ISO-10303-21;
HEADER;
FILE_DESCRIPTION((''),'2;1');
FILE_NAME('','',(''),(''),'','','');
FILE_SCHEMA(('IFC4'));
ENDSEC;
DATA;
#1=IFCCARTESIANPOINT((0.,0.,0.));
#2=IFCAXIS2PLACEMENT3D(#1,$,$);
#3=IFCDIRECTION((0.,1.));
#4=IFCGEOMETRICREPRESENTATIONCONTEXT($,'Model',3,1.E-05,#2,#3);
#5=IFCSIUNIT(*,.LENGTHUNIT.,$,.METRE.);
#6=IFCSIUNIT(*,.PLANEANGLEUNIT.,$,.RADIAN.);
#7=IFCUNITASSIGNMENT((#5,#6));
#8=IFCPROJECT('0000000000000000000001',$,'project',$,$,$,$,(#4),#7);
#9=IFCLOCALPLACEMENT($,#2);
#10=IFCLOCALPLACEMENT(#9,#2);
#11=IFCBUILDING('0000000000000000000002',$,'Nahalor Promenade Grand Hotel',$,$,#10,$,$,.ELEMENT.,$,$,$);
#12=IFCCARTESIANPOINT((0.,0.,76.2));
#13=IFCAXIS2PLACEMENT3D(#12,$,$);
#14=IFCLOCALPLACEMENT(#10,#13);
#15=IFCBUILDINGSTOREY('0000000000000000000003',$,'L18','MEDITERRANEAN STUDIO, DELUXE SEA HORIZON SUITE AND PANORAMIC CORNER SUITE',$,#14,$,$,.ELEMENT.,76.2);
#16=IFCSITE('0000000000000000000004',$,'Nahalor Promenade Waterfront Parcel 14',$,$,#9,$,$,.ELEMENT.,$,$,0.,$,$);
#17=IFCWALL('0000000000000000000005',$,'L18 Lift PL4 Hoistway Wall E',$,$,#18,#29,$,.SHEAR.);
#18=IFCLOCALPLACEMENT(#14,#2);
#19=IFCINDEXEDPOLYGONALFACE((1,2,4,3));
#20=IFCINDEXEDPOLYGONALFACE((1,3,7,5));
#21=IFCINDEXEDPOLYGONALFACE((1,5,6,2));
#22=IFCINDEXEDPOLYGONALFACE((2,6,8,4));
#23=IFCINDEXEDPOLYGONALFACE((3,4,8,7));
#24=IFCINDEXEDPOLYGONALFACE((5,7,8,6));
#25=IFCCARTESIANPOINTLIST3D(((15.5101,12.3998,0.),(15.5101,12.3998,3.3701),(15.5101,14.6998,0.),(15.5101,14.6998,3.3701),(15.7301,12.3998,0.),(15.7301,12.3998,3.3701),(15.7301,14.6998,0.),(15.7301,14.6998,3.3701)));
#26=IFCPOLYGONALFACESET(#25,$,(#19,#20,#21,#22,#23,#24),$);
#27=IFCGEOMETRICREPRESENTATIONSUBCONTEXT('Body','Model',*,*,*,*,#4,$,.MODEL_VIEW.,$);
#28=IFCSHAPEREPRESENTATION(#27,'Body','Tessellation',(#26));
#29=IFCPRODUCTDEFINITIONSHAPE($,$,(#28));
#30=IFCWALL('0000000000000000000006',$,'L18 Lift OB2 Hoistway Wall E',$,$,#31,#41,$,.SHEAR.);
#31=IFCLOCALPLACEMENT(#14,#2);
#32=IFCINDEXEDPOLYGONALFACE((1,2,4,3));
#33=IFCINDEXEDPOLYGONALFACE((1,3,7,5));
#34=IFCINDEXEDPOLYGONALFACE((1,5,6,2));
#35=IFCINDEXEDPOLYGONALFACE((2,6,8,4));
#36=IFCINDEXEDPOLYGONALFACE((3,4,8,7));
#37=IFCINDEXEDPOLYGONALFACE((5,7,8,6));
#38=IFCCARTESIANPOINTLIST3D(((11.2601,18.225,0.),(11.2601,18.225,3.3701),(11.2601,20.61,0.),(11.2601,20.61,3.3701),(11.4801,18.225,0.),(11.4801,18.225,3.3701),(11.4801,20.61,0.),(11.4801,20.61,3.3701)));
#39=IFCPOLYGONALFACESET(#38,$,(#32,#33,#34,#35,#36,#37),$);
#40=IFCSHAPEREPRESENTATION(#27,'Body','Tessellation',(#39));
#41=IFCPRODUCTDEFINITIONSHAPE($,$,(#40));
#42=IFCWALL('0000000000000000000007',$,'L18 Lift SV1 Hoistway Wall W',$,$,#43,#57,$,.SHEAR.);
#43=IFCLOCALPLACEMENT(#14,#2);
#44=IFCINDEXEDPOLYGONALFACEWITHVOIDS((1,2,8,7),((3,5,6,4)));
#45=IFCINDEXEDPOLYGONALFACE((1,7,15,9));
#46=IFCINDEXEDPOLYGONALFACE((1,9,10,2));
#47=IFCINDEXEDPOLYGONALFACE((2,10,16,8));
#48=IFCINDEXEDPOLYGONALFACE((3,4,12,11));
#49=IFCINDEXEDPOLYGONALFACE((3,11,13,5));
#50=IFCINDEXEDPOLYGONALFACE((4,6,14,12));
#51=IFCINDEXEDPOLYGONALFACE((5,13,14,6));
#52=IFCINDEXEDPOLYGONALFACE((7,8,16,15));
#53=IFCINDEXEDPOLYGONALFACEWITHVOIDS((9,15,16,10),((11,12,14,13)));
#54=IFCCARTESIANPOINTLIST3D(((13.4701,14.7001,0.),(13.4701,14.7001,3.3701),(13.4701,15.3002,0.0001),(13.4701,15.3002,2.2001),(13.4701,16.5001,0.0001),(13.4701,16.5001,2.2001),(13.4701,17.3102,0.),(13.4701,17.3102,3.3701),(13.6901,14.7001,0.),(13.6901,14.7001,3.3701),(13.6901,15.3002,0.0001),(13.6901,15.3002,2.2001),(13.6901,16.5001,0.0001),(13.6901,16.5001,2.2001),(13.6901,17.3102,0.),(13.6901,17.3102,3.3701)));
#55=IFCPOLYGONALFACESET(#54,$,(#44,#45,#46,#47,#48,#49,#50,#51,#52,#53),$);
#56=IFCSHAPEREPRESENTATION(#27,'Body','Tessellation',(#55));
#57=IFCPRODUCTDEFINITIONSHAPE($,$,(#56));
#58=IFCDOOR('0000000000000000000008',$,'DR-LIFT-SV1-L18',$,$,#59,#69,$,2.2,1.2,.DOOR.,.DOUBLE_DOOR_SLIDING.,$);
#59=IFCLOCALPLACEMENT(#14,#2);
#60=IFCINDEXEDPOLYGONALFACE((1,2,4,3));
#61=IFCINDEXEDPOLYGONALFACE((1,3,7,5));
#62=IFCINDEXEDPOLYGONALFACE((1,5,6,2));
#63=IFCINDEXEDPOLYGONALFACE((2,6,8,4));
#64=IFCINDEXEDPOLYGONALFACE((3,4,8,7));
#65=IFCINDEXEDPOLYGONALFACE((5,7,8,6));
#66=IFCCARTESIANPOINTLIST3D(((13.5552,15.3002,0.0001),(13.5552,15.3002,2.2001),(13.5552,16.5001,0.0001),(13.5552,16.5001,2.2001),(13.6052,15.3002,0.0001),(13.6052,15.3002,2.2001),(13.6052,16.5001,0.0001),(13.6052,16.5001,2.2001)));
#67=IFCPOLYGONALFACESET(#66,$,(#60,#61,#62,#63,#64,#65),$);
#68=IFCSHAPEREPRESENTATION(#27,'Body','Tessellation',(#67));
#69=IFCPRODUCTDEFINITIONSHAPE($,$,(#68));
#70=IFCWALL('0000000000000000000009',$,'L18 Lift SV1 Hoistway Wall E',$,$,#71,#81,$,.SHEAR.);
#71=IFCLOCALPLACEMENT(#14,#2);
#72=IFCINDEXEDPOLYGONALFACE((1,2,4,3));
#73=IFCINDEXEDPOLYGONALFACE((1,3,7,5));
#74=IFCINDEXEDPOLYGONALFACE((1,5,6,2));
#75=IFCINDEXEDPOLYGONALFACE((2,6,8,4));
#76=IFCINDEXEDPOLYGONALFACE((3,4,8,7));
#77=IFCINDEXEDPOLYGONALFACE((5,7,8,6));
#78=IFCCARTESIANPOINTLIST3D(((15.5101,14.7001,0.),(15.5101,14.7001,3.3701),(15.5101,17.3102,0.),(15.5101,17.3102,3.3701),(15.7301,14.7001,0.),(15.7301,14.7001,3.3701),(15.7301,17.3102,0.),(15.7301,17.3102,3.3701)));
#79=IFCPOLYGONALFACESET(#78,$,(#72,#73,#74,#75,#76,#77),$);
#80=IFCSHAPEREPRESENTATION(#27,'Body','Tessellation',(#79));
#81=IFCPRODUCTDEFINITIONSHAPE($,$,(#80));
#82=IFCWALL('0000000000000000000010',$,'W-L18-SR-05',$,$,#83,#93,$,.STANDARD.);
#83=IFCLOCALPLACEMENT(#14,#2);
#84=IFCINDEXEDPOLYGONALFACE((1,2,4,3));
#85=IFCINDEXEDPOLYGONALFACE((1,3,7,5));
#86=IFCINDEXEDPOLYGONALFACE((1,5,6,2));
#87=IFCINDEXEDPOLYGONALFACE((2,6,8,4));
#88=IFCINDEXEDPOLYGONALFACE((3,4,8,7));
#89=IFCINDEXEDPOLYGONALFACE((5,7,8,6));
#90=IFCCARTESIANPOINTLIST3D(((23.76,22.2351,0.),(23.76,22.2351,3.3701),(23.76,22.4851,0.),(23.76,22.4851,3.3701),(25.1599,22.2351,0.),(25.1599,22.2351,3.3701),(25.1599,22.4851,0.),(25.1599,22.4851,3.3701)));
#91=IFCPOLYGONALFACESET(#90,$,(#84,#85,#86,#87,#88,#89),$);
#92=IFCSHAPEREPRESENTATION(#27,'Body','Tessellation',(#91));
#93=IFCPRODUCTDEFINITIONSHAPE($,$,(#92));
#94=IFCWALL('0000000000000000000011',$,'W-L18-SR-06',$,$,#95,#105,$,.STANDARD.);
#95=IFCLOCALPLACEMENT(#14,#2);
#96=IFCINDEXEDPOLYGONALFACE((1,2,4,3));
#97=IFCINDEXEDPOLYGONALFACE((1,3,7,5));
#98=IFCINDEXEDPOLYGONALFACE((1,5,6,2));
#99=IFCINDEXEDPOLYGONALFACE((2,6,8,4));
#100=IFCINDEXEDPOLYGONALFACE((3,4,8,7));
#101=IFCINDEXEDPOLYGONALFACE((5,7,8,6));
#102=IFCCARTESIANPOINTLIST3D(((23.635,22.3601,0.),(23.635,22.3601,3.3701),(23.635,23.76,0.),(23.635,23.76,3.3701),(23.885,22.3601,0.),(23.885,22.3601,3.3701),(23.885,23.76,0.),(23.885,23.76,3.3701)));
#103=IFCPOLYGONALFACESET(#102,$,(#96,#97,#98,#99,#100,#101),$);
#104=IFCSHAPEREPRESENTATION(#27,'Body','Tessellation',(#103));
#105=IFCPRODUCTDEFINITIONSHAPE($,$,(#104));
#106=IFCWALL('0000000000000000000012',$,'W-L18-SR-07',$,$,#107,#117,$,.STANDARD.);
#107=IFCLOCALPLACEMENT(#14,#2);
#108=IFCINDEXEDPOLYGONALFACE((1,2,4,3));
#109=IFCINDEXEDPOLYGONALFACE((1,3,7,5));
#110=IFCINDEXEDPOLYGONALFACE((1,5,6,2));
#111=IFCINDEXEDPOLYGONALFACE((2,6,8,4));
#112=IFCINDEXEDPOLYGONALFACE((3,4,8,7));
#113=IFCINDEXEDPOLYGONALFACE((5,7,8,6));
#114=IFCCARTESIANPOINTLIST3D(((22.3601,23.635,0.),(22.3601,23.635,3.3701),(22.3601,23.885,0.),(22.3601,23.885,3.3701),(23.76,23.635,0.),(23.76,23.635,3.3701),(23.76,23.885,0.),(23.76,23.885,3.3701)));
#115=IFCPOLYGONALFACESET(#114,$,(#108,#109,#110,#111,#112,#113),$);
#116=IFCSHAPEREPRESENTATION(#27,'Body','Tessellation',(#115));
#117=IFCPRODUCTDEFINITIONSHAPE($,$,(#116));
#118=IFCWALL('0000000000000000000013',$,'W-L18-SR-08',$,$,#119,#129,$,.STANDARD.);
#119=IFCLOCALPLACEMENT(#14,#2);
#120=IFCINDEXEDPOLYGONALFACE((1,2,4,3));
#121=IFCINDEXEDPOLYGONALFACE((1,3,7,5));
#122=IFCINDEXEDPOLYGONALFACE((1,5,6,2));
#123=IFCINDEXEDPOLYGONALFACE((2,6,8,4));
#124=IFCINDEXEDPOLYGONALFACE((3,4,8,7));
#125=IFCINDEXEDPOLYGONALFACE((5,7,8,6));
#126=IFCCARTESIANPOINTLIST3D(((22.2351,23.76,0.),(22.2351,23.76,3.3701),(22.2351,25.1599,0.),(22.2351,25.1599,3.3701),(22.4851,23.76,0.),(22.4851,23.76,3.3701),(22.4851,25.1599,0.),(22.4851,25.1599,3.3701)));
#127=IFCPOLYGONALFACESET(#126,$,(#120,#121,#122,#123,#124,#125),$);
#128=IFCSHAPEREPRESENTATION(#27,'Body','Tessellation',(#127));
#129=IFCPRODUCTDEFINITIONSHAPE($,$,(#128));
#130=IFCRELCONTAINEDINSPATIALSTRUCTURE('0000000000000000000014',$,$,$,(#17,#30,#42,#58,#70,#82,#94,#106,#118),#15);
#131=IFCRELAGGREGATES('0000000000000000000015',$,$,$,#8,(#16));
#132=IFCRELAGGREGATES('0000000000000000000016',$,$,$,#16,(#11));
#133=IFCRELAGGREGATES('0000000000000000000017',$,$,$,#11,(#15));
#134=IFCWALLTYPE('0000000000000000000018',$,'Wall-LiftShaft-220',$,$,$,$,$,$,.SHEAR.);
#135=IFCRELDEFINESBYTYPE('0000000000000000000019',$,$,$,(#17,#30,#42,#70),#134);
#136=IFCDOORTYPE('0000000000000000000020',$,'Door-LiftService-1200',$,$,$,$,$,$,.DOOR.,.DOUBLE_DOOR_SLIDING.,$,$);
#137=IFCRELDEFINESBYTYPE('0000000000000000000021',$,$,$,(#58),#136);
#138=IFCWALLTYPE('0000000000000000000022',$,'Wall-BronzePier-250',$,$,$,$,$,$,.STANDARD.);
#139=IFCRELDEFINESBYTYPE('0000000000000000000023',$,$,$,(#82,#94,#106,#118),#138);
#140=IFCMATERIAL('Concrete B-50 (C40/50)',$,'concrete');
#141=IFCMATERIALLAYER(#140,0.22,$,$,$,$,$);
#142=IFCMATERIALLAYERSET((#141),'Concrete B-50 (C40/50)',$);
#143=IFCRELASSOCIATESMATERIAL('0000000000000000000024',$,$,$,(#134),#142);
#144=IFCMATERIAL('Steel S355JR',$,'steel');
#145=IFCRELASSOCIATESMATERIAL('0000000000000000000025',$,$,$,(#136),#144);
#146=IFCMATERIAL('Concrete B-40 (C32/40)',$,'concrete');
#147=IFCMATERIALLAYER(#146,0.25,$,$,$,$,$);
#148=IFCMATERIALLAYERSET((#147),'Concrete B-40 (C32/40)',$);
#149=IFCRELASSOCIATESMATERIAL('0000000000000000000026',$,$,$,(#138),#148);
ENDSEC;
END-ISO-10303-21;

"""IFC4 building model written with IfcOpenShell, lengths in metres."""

from ifc_helpers import new_model, si_unit, direction, frame, frame_2d, origin, place, context, subcontext, project, spatial, rectangle, extrude, source, transform, mapped, material, layer, layer_set, type_object, element, fill, save


model = new_model("IFC4")

# Units and contexts
model_context = context("Model", 3, precision=1e-05, world=origin(), true_north=direction((0.0, 1.0)))
body_context = subcontext(model_context, "Body", "Model", "MODEL_VIEW")
ifc_project = project(units=[si_unit("LENGTHUNIT", "METRE"), si_unit("PLANEANGLEUNIT", "RADIAN")], contexts=[model_context])

# Site, building, storey
site_placement = place(None, origin())
site = spatial("IfcSite", under=ifc_project, at=site_placement, Name="Nahalor Promenade Waterfront Parcel 14", CompositionType="ELEMENT", RefElevation=0.0)
building_placement = place(site_placement, origin())
building = spatial("IfcBuilding", under=site, at=building_placement, Name="Nahalor Promenade Grand Hotel", CompositionType="ELEMENT")
storey_placement = place(building_placement, frame((0.0, 0.0, 76.2)))
storey = spatial("IfcBuildingStorey", under=building, at=storey_placement, Name="L18", Description="MEDITERRANEAN STUDIO, DELUXE SEA HORIZON SUITE AND PANORAMIC CORNER SUITE", CompositionType="ELEMENT", Elevation=76.2)

# Shared definitions
ifc_material_1 = material(Name="Steel S355JR", Category="steel")

# Shared definitions
ifc_material_2 = material(Name="Concrete B-50 (C40/50)", Category="concrete")
ifc_layer_1 = layer(ifc_material_2, 0.22)
ifc_layer_set_1 = layer_set([ifc_layer_1], Name="Concrete B-50 (C40/50)")
wall_type_1 = type_object("IfcWallType", Name="Wall-LiftShaft-220", PredefinedType="SHEAR", material=ifc_layer_set_1)

# Shared definitions
shared_shape_1 = source(origin(), body_context, "Body", "SweptSolid", [
    extrude(rectangle(XDim=2.3, YDim=0.22, at=frame_2d((1.1499, 0.0))), origin(), (0.0, 0.0, 1.0), 3.3701),
])

# Walls
wall_1_placement = place(storey_placement, frame((15.6201, 12.3999, 0.0), z_axis=(0.0, 0.0, 1.0), x_axis=(0.0, 1.0, 0.0)))
element("IfcWall", 1, at=wall_1_placement, inside=storey, type_object=wall_type_1, Name="L18 Lift PL4 Hoistway Wall E", PredefinedType="SHEAR", context=body_context, shape_type="MappedRepresentation", body=[
    mapped(shared_shape_1, transform((0.0, 0.0, 0.0), scale=1.0)),
])
shared_shape_2 = source(origin(), body_context, "Body", "SweptSolid", [
    extrude(rectangle(XDim=2.385, YDim=0.22, at=frame_2d((1.1924, 0.0))), origin(), (0.0, 0.0, 1.0), 3.3701),
])
wall_2_placement = place(storey_placement, frame((11.3701, 18.2251, 0.0), z_axis=(0.0, 0.0, 1.0), x_axis=(0.0, 1.0, 0.0)))
element("IfcWall", 2, at=wall_2_placement, inside=storey, type_object=wall_type_1, Name="L18 Lift OB2 Hoistway Wall E", PredefinedType="SHEAR", context=body_context, shape_type="MappedRepresentation", body=[
    mapped(shared_shape_2, transform((0.0, 0.0, 0.0), scale=1.0)),
])

# Wall, opening, door
shared_shape_3 = source(origin(), body_context, "Body", "SweptSolid", [
    extrude(rectangle(XDim=2.6101, YDim=0.22, at=frame_2d((1.3052, 0.0))), origin(), (0.0, 0.0, 1.0), 3.3701),
])
wall_3_placement = place(storey_placement, frame((13.5801, 14.7, 0.0), z_axis=(0.0, 0.0, 1.0), x_axis=(0.0, 1.0, 0.0)))
wall_3 = element("IfcWall", 3, at=wall_3_placement, inside=storey, type_object=wall_type_1, Name="L18 Lift SV1 Hoistway Wall W", PredefinedType="SHEAR", context=body_context, shape_type="MappedRepresentation", body=[
    mapped(shared_shape_3, transform((0.0, 0.0, 0.0), scale=1.0)),
])
opening_1_placement = place(wall_3_placement, frame((0.6001, 0.0, 0.0)))
opening_1 = element("IfcOpeningElement", 4, at=opening_1_placement, cuts=wall_3, PredefinedType="OPENING", context=body_context, shape_type="SweptSolid", body=[
    extrude(rectangle(XDim=1.2, YDim=2.2, at=frame_2d((0.6001, 1.1001))), frame((0.0, 0.1199, 0.0), z_axis=(0.0, -1.0, 0.0), x_axis=(1.0, 0.0, 0.0)), (0.0, 0.0, 1.0), 0.24),
])
door_type_1 = type_object("IfcDoorType", Name="Door-LiftService-1200", OperationType="DOUBLE_DOOR_SLIDING", PredefinedType="DOOR", material=ifc_material_1)
shared_shape_4 = source(origin(), body_context, "Body", "SweptSolid", [
    extrude(rectangle(XDim=1.2, YDim=2.2, at=frame_2d((0.6001, 1.1001))), frame((0.0, 0.0249, 0.0), z_axis=(0.0, -1.0, 0.0), x_axis=(1.0, 0.0, 0.0)), (0.0, 0.0, 1.0), 0.05),
])
door_1_placement = place(opening_1_placement, origin())
door_1 = element("IfcDoor", 5, at=door_1_placement, inside=storey, type_object=door_type_1, Name="DR-LIFT-SV1-L18", OperationType="DOUBLE_DOOR_SLIDING", OverallHeight=2.2, OverallWidth=1.2, PredefinedType="DOOR", context=body_context, shape_type="MappedRepresentation", body=[
    mapped(shared_shape_4, transform((0.0, 0.0, 0.0), scale=1.0)),
])
fill(opening_1, door_1)

# Walls
wall_4_placement = place(storey_placement, frame((15.6201, 14.7, 0.0), z_axis=(0.0, 0.0, 1.0), x_axis=(0.0, 1.0, 0.0)))
element("IfcWall", 6, at=wall_4_placement, inside=storey, type_object=wall_type_1, Name="L18 Lift SV1 Hoistway Wall E", PredefinedType="SHEAR", context=body_context, shape_type="MappedRepresentation", body=[
    mapped(shared_shape_3, transform((0.0, 0.0, 0.0), scale=1.0)),
])
ifc_material_3 = material(Name="Concrete B-40 (C32/40)", Category="concrete")
ifc_layer_2 = layer(ifc_material_3, 0.25)
ifc_layer_set_2 = layer_set([ifc_layer_2], Name="Concrete B-40 (C32/40)")
wall_type_2 = type_object("IfcWallType", Name="Wall-BronzePier-250", PredefinedType="STANDARD", material=ifc_layer_set_2)
shared_shape_5 = source(origin(), body_context, "Body", "SweptSolid", [
    extrude(rectangle(XDim=1.3999, YDim=0.25, at=frame_2d((0.7, 0.0))), origin(), (0.0, 0.0, 1.0), 3.3701),
])
for number, where, z_axis, x_axis, name in (
    (7, (23.76, 22.3601, 0.0), (0.0, 0.0, 1.0), (1.0, 0.0, 0.0), "W-L18-SR-05"),
    (8, (23.76, 22.3601, 0.0), (0.0, 0.0, 1.0), (0.0, 1.0, 0.0), "W-L18-SR-06"),
    (9, (22.3601, 23.76, 0.0), (0.0, 0.0, 1.0), (1.0, 0.0, 0.0), "W-L18-SR-07"),
    (10, (22.3601, 23.76, 0.0), (0.0, 0.0, 1.0), (0.0, 1.0, 0.0), "W-L18-SR-08"),
):
    element("IfcWall", number, at=place(storey_placement, frame(where, z_axis=z_axis, x_axis=x_axis)), inside=storey, type_object=wall_type_2, Name=name, PredefinedType="STANDARD", context=body_context, shape_type="MappedRepresentation", body=[
        mapped(shared_shape_5, transform((0.0, 0.0, 0.0), scale=1.0)),
    ])

save(model, "model.ifc")
